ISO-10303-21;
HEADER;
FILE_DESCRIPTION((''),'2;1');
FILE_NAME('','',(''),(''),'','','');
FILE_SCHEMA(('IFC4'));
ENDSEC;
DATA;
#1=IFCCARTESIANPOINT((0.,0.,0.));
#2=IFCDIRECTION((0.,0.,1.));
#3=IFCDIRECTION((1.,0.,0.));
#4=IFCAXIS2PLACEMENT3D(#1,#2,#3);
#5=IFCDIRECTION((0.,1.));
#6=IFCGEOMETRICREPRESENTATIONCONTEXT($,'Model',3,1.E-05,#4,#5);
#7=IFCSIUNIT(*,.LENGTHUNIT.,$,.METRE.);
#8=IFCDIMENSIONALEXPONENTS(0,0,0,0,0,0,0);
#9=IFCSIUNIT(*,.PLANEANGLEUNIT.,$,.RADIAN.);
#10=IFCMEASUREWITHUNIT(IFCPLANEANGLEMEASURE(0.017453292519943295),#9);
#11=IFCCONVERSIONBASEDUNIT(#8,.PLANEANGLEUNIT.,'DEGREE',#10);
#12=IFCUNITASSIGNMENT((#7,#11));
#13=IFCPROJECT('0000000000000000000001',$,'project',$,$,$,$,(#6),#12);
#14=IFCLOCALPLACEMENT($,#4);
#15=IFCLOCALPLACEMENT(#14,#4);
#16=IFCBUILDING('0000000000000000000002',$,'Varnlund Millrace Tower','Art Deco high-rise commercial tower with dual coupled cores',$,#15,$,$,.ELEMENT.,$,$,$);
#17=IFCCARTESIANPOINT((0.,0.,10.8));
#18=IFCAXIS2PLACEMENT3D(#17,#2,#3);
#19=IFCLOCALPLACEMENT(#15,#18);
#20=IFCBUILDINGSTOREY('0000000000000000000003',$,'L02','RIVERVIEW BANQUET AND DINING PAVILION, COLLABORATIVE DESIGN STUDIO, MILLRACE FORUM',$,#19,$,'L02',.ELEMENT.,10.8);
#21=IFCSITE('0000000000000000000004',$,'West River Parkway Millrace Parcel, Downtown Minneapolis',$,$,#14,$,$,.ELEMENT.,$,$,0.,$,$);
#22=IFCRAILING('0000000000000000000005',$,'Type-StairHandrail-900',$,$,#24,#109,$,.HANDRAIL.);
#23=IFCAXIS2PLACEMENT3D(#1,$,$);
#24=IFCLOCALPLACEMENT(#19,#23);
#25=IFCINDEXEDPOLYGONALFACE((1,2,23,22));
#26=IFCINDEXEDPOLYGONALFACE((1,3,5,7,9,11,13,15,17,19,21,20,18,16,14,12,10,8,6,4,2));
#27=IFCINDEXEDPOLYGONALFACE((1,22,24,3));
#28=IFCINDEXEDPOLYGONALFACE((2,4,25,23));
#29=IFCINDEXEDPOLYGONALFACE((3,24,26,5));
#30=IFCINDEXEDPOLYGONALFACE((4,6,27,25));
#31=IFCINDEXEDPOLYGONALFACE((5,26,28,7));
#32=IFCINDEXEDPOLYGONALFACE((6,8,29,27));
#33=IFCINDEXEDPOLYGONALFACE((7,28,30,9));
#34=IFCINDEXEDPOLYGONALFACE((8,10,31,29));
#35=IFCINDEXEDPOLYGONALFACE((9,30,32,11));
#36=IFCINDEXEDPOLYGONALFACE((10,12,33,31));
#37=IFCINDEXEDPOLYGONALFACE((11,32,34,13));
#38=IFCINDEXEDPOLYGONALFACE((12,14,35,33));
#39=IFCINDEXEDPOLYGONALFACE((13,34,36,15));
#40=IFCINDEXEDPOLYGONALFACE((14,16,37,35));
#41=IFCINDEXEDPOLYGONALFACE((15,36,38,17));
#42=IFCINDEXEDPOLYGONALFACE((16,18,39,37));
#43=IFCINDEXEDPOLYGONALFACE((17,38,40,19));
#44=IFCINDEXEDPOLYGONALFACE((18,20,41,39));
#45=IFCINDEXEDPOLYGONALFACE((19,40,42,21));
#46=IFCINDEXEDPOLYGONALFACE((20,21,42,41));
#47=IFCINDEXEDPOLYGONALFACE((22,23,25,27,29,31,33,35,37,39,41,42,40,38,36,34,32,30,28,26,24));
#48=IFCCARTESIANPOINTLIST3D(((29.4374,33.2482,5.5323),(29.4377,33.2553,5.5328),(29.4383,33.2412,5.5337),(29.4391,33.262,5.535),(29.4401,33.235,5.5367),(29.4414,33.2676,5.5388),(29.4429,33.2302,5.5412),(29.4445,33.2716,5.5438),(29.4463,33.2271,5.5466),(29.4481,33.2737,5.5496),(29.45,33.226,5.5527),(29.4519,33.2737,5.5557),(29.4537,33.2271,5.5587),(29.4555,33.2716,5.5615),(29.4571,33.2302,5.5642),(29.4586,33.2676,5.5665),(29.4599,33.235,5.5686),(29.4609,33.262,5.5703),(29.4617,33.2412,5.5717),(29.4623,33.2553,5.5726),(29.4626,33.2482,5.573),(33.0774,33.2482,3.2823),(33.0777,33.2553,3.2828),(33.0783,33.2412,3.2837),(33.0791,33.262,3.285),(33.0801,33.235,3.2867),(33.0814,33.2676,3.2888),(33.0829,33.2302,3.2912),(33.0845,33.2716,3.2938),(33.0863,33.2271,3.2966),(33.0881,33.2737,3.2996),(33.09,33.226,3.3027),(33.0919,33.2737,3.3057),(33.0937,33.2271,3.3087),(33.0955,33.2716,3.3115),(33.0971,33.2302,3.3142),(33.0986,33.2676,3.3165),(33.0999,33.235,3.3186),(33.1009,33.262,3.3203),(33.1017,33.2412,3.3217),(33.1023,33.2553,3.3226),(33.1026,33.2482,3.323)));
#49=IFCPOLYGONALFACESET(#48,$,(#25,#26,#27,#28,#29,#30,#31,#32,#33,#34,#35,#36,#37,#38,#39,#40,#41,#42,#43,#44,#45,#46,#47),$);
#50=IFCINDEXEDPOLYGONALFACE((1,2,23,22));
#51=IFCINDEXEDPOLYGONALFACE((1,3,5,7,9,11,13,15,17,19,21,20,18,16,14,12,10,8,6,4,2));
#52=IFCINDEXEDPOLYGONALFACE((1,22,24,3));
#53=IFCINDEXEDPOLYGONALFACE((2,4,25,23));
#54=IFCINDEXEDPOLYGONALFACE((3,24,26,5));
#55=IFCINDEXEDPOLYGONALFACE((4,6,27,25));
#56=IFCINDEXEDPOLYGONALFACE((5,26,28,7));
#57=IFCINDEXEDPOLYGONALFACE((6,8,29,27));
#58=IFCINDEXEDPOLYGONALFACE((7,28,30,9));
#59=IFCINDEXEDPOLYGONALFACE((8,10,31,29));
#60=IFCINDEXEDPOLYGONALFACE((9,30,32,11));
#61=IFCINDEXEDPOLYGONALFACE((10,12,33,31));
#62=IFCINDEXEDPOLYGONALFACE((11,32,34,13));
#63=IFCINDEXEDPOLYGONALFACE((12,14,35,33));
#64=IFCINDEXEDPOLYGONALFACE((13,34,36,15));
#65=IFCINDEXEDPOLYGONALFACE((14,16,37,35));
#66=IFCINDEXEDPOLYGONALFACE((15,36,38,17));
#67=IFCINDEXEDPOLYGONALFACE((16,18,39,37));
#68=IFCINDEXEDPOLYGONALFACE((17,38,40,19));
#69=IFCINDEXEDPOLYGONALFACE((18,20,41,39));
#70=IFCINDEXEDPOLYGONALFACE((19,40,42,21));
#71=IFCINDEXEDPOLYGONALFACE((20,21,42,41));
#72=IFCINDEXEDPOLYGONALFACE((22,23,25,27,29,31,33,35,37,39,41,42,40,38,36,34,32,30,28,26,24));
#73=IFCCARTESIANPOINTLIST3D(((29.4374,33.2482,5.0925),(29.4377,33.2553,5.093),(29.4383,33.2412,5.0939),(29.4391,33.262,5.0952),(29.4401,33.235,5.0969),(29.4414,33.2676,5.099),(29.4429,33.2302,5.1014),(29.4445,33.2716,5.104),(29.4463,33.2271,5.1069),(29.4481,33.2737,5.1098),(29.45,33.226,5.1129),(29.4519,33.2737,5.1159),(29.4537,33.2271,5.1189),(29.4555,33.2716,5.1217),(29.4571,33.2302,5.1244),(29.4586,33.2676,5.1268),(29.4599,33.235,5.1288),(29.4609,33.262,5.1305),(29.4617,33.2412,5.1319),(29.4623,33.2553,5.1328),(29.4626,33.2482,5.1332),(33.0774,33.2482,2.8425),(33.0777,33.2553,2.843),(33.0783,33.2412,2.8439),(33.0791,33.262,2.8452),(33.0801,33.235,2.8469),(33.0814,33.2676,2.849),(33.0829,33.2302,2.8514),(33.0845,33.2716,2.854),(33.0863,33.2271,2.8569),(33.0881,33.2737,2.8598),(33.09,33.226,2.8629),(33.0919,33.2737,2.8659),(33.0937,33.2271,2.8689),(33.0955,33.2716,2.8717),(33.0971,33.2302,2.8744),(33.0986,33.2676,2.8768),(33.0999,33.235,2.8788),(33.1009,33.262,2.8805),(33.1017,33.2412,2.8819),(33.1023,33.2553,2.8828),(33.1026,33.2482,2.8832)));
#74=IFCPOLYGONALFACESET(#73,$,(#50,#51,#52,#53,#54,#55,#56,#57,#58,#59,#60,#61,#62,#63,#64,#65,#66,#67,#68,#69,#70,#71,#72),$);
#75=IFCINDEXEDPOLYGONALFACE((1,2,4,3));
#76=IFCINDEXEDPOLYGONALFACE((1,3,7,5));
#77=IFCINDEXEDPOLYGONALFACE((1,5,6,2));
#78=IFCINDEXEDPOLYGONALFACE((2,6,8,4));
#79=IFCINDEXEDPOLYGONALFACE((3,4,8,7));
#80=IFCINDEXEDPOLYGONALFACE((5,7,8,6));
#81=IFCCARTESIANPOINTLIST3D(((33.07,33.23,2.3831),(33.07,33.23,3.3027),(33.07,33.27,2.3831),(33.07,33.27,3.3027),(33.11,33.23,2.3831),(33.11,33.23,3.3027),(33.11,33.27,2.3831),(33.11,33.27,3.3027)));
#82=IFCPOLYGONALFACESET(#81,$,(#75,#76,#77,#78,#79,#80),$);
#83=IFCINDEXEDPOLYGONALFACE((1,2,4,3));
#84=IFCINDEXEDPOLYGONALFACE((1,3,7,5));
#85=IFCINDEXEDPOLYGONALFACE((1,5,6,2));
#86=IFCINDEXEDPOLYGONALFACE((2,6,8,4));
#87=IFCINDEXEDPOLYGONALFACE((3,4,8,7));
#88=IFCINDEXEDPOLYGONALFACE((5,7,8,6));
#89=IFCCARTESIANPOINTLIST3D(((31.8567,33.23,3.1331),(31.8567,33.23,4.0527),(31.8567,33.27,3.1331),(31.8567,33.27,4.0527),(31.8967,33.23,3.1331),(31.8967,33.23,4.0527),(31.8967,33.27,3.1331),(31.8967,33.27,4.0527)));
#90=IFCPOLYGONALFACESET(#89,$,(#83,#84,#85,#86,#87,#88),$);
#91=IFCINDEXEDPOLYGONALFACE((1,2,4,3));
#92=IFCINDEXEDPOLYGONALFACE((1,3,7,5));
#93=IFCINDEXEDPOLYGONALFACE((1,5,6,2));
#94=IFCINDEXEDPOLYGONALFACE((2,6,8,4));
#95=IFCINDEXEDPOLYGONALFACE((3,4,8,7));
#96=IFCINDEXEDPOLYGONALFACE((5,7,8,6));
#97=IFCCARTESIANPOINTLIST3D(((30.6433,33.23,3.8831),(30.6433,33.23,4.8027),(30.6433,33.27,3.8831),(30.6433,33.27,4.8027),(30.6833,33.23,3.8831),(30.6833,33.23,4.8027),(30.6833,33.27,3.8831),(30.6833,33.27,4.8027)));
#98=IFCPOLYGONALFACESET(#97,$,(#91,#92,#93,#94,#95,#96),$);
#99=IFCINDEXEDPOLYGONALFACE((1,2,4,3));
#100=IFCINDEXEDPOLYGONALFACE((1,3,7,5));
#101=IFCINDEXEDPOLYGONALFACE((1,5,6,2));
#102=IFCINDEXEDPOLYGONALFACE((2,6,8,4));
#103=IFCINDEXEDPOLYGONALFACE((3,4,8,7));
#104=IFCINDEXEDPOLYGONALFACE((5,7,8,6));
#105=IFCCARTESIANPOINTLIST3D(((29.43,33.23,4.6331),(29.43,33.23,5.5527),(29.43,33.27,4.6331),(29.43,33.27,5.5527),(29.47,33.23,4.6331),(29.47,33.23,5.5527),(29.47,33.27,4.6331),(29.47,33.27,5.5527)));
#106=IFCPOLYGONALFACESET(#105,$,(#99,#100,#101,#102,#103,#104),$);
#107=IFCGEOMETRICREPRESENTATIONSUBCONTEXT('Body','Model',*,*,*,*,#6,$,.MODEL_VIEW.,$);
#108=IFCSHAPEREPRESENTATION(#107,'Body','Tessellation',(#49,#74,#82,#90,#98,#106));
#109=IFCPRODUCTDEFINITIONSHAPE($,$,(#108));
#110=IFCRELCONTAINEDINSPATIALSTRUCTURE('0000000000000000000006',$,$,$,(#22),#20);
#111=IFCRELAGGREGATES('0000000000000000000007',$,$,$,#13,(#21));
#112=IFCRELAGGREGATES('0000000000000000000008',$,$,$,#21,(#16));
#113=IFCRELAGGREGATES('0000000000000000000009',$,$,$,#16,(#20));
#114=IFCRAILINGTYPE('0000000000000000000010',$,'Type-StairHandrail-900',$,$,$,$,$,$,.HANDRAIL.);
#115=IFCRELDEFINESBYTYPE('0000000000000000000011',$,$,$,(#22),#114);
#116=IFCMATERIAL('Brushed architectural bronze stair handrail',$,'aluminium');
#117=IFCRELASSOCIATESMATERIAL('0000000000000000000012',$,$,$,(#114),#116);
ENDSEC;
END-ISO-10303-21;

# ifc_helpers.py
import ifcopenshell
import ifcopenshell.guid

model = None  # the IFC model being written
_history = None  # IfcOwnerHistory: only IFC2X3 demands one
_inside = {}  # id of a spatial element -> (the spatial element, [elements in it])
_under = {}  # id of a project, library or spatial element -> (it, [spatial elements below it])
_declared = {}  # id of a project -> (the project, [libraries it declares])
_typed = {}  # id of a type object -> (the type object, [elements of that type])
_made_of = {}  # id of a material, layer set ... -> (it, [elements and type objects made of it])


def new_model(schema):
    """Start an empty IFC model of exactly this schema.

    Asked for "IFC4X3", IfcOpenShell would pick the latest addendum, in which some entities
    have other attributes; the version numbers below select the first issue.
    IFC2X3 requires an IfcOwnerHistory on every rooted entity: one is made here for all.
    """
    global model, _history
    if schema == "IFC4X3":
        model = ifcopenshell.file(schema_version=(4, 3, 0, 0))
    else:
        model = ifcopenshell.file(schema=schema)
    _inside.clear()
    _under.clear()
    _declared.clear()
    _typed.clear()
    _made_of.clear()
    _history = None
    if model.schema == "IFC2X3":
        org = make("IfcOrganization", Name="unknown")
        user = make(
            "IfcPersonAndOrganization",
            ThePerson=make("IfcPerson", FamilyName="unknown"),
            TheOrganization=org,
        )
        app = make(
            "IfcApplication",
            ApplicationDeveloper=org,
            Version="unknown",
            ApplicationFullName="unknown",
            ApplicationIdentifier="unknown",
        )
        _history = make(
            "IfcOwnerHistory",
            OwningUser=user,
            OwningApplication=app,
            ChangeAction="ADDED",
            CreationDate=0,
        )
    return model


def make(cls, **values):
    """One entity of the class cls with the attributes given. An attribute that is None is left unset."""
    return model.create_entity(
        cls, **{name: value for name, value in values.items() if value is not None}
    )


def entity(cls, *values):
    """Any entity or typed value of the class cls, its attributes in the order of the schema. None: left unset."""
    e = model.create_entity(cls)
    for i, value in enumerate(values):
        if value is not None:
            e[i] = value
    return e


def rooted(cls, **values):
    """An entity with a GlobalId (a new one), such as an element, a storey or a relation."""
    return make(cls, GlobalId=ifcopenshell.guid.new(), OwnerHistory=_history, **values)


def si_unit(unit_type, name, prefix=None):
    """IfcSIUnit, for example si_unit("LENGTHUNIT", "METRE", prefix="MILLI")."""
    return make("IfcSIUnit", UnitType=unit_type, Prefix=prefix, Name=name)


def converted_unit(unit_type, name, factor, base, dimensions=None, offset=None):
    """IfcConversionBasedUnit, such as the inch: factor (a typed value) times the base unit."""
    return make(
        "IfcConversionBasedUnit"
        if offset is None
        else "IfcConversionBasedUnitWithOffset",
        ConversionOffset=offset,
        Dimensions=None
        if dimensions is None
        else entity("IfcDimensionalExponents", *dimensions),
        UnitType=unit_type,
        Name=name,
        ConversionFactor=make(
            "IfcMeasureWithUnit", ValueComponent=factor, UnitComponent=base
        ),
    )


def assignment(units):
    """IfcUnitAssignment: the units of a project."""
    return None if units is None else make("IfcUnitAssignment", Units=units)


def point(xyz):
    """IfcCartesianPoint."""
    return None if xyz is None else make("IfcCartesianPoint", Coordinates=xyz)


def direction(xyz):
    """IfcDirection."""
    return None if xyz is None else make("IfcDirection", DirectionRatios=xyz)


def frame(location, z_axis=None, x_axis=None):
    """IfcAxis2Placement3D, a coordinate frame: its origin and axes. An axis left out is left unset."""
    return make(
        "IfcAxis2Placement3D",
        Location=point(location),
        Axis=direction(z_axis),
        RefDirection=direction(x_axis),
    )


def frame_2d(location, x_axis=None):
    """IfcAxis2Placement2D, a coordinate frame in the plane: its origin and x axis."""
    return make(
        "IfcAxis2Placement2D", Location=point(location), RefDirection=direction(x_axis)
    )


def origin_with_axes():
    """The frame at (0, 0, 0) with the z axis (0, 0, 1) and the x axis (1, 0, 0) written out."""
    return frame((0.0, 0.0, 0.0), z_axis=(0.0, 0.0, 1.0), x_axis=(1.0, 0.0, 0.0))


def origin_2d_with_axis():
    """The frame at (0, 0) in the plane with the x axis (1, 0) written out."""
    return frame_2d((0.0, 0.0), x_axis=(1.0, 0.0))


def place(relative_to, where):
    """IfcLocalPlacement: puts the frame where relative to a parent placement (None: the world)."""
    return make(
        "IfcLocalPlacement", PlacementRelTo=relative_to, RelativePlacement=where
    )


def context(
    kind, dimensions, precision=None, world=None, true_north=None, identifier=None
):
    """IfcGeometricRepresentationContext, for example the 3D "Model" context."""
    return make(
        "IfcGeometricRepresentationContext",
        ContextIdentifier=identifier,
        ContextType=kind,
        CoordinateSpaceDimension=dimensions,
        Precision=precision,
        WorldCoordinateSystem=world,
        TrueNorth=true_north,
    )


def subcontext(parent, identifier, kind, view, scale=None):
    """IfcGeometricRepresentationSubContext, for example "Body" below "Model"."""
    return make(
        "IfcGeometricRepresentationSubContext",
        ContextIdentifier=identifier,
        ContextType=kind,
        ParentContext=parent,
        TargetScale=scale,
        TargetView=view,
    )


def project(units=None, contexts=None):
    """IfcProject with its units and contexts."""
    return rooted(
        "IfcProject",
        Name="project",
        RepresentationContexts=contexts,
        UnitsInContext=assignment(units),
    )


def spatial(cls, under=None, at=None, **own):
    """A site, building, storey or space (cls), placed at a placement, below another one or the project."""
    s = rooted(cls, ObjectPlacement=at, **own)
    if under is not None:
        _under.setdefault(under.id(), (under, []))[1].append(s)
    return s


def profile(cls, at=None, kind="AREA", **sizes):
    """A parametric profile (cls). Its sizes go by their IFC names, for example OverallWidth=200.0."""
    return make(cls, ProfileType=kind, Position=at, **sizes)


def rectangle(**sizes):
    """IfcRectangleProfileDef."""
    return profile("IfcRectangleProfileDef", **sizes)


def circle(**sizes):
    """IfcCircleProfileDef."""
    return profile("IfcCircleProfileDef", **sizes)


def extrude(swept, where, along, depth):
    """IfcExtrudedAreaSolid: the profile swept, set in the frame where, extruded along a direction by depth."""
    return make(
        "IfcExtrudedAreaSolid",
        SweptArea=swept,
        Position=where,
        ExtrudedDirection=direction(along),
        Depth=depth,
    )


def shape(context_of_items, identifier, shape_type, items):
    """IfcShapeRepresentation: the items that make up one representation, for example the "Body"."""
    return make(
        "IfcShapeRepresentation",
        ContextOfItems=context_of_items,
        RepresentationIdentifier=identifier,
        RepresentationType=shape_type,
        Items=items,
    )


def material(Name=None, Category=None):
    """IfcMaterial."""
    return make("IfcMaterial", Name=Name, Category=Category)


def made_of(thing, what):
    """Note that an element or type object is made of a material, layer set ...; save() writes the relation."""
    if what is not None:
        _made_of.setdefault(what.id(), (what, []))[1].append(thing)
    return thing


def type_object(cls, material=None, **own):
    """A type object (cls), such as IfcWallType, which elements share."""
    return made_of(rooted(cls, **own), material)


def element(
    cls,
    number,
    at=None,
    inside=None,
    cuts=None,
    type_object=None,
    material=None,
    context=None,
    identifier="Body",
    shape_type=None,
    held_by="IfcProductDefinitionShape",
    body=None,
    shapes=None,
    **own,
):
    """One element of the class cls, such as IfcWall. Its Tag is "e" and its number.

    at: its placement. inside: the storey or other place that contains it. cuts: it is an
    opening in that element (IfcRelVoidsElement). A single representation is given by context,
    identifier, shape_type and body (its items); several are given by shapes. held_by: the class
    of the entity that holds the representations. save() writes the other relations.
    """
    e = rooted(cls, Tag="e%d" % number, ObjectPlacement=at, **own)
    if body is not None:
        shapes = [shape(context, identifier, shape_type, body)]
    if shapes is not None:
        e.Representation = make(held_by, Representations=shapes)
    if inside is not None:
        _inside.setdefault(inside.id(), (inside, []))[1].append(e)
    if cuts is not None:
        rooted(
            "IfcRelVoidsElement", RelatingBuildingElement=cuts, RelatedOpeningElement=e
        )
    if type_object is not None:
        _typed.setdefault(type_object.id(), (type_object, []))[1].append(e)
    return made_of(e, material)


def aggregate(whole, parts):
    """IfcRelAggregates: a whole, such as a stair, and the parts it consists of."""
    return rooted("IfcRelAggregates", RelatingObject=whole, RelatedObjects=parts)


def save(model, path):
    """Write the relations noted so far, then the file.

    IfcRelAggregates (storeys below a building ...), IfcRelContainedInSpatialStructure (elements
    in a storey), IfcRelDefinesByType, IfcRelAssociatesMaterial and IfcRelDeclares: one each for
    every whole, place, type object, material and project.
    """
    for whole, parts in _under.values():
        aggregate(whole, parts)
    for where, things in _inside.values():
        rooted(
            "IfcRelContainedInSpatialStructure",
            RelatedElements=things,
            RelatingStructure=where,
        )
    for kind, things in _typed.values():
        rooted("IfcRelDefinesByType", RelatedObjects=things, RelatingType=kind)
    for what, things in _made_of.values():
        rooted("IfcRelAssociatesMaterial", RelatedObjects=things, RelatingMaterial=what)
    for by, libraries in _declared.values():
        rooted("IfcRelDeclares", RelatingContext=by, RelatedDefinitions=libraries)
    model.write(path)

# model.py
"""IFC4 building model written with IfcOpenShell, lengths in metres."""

from ifc_helpers import new_model, entity, si_unit, converted_unit, direction, frame, origin_with_axes, origin_2d_with_axis, place, context, subcontext, project, spatial, rectangle, circle, extrude, material, type_object, element, save


model = new_model("IFC4")

# Units and contexts
model_context = context("Model", 3, precision=1e-05, world=origin_with_axes(), true_north=direction((0.0, 1.0)))
body_context = subcontext(model_context, "Body", "Model", "MODEL_VIEW")
ifc_project = project(units=[si_unit("LENGTHUNIT", "METRE"), converted_unit("PLANEANGLEUNIT", "DEGREE", entity("IfcPlaneAngleMeasure", 0.017453292519943295), si_unit("PLANEANGLEUNIT", "RADIAN"), dimensions=[0, 0, 0, 0, 0, 0, 0])], contexts=[model_context])

# Site, building, storey
site_placement = place(None, origin_with_axes())
site = spatial("IfcSite", under=ifc_project, at=site_placement, Name="West River Parkway Millrace Parcel, Downtown Minneapolis", CompositionType="ELEMENT", RefElevation=0.0)
building_placement = place(site_placement, origin_with_axes())
building = spatial("IfcBuilding", under=site, at=building_placement, Name="Varnlund Millrace Tower", Description="Art Deco high-rise commercial tower with dual coupled cores", CompositionType="ELEMENT")
storey_placement = place(building_placement, frame((0.0, 0.0, 10.8), z_axis=(0.0, 0.0, 1.0), x_axis=(1.0, 0.0, 0.0)))
storey = spatial("IfcBuildingStorey", under=building, at=storey_placement, Name="L02", Description="RIVERVIEW BANQUET AND DINING PAVILION, COLLABORATIVE DESIGN STUDIO, MILLRACE FORUM", LongName="L02", CompositionType="ELEMENT", Elevation=10.8)

# Railing
ifc_material_1 = material(Name="Brushed architectural bronze stair handrail", Category="aluminium")
railing_type_1 = type_object("IfcRailingType", Name="Type-StairHandrail-900", PredefinedType="HANDRAIL", material=ifc_material_1)
railing_1_placement = place(storey_placement, frame((0.0, 0.0, -10.8), z_axis=(0.0, 0.0, 1.0), x_axis=(1.0, 0.0, 0.0)))
element("IfcRailing", 1, at=railing_1_placement, inside=storey, type_object=railing_type_1, Name="Type-StairHandrail-900", PredefinedType="HANDRAIL", context=body_context, shape_type="SweptSolid", body=[
    extrude(circle(Radius=0.024, at=origin_2d_with_axis()), frame((33.09, 33.25, 14.1027), z_axis=(-0.850614, 0.0, 0.525791), x_axis=(0.0, -1.0, 0.0)), (0.0, 0.0, 1.0), 4.2793),
    extrude(circle(Radius=0.024, at=origin_2d_with_axis()), frame((33.09, 33.25, 13.6629), z_axis=(-0.850614, 0.0, 0.525791), x_axis=(0.0, -1.0, 0.0)), (0.0, 0.0, 1.0), 4.2793),
    extrude(rectangle(XDim=0.04, YDim=0.04, at=origin_2d_with_axis()), frame((33.09, 33.25, 13.1831), z_axis=(0.0, 0.0, 1.0), x_axis=(1.0, 0.0, 0.0)), (0.0, 0.0, 1.0), 0.9196),
    extrude(rectangle(XDim=0.04, YDim=0.04, at=origin_2d_with_axis()), frame((31.8767, 33.25, 13.9331), z_axis=(0.0, 0.0, 1.0), x_axis=(1.0, 0.0, 0.0)), (0.0, 0.0, 1.0), 0.9196),
    extrude(rectangle(XDim=0.04, YDim=0.04, at=origin_2d_with_axis()), frame((30.6633, 33.25, 14.6831), z_axis=(0.0, 0.0, 1.0), x_axis=(1.0, 0.0, 0.0)), (0.0, 0.0, 1.0), 0.9196),
    extrude(rectangle(XDim=0.04, YDim=0.04, at=origin_2d_with_axis()), frame((29.45, 33.25, 15.4331), z_axis=(0.0, 0.0, 1.0), x_axis=(1.0, 0.0, 0.0)), (0.0, 0.0, 1.0), 0.9196),
])

save(model, "model.ifc")
